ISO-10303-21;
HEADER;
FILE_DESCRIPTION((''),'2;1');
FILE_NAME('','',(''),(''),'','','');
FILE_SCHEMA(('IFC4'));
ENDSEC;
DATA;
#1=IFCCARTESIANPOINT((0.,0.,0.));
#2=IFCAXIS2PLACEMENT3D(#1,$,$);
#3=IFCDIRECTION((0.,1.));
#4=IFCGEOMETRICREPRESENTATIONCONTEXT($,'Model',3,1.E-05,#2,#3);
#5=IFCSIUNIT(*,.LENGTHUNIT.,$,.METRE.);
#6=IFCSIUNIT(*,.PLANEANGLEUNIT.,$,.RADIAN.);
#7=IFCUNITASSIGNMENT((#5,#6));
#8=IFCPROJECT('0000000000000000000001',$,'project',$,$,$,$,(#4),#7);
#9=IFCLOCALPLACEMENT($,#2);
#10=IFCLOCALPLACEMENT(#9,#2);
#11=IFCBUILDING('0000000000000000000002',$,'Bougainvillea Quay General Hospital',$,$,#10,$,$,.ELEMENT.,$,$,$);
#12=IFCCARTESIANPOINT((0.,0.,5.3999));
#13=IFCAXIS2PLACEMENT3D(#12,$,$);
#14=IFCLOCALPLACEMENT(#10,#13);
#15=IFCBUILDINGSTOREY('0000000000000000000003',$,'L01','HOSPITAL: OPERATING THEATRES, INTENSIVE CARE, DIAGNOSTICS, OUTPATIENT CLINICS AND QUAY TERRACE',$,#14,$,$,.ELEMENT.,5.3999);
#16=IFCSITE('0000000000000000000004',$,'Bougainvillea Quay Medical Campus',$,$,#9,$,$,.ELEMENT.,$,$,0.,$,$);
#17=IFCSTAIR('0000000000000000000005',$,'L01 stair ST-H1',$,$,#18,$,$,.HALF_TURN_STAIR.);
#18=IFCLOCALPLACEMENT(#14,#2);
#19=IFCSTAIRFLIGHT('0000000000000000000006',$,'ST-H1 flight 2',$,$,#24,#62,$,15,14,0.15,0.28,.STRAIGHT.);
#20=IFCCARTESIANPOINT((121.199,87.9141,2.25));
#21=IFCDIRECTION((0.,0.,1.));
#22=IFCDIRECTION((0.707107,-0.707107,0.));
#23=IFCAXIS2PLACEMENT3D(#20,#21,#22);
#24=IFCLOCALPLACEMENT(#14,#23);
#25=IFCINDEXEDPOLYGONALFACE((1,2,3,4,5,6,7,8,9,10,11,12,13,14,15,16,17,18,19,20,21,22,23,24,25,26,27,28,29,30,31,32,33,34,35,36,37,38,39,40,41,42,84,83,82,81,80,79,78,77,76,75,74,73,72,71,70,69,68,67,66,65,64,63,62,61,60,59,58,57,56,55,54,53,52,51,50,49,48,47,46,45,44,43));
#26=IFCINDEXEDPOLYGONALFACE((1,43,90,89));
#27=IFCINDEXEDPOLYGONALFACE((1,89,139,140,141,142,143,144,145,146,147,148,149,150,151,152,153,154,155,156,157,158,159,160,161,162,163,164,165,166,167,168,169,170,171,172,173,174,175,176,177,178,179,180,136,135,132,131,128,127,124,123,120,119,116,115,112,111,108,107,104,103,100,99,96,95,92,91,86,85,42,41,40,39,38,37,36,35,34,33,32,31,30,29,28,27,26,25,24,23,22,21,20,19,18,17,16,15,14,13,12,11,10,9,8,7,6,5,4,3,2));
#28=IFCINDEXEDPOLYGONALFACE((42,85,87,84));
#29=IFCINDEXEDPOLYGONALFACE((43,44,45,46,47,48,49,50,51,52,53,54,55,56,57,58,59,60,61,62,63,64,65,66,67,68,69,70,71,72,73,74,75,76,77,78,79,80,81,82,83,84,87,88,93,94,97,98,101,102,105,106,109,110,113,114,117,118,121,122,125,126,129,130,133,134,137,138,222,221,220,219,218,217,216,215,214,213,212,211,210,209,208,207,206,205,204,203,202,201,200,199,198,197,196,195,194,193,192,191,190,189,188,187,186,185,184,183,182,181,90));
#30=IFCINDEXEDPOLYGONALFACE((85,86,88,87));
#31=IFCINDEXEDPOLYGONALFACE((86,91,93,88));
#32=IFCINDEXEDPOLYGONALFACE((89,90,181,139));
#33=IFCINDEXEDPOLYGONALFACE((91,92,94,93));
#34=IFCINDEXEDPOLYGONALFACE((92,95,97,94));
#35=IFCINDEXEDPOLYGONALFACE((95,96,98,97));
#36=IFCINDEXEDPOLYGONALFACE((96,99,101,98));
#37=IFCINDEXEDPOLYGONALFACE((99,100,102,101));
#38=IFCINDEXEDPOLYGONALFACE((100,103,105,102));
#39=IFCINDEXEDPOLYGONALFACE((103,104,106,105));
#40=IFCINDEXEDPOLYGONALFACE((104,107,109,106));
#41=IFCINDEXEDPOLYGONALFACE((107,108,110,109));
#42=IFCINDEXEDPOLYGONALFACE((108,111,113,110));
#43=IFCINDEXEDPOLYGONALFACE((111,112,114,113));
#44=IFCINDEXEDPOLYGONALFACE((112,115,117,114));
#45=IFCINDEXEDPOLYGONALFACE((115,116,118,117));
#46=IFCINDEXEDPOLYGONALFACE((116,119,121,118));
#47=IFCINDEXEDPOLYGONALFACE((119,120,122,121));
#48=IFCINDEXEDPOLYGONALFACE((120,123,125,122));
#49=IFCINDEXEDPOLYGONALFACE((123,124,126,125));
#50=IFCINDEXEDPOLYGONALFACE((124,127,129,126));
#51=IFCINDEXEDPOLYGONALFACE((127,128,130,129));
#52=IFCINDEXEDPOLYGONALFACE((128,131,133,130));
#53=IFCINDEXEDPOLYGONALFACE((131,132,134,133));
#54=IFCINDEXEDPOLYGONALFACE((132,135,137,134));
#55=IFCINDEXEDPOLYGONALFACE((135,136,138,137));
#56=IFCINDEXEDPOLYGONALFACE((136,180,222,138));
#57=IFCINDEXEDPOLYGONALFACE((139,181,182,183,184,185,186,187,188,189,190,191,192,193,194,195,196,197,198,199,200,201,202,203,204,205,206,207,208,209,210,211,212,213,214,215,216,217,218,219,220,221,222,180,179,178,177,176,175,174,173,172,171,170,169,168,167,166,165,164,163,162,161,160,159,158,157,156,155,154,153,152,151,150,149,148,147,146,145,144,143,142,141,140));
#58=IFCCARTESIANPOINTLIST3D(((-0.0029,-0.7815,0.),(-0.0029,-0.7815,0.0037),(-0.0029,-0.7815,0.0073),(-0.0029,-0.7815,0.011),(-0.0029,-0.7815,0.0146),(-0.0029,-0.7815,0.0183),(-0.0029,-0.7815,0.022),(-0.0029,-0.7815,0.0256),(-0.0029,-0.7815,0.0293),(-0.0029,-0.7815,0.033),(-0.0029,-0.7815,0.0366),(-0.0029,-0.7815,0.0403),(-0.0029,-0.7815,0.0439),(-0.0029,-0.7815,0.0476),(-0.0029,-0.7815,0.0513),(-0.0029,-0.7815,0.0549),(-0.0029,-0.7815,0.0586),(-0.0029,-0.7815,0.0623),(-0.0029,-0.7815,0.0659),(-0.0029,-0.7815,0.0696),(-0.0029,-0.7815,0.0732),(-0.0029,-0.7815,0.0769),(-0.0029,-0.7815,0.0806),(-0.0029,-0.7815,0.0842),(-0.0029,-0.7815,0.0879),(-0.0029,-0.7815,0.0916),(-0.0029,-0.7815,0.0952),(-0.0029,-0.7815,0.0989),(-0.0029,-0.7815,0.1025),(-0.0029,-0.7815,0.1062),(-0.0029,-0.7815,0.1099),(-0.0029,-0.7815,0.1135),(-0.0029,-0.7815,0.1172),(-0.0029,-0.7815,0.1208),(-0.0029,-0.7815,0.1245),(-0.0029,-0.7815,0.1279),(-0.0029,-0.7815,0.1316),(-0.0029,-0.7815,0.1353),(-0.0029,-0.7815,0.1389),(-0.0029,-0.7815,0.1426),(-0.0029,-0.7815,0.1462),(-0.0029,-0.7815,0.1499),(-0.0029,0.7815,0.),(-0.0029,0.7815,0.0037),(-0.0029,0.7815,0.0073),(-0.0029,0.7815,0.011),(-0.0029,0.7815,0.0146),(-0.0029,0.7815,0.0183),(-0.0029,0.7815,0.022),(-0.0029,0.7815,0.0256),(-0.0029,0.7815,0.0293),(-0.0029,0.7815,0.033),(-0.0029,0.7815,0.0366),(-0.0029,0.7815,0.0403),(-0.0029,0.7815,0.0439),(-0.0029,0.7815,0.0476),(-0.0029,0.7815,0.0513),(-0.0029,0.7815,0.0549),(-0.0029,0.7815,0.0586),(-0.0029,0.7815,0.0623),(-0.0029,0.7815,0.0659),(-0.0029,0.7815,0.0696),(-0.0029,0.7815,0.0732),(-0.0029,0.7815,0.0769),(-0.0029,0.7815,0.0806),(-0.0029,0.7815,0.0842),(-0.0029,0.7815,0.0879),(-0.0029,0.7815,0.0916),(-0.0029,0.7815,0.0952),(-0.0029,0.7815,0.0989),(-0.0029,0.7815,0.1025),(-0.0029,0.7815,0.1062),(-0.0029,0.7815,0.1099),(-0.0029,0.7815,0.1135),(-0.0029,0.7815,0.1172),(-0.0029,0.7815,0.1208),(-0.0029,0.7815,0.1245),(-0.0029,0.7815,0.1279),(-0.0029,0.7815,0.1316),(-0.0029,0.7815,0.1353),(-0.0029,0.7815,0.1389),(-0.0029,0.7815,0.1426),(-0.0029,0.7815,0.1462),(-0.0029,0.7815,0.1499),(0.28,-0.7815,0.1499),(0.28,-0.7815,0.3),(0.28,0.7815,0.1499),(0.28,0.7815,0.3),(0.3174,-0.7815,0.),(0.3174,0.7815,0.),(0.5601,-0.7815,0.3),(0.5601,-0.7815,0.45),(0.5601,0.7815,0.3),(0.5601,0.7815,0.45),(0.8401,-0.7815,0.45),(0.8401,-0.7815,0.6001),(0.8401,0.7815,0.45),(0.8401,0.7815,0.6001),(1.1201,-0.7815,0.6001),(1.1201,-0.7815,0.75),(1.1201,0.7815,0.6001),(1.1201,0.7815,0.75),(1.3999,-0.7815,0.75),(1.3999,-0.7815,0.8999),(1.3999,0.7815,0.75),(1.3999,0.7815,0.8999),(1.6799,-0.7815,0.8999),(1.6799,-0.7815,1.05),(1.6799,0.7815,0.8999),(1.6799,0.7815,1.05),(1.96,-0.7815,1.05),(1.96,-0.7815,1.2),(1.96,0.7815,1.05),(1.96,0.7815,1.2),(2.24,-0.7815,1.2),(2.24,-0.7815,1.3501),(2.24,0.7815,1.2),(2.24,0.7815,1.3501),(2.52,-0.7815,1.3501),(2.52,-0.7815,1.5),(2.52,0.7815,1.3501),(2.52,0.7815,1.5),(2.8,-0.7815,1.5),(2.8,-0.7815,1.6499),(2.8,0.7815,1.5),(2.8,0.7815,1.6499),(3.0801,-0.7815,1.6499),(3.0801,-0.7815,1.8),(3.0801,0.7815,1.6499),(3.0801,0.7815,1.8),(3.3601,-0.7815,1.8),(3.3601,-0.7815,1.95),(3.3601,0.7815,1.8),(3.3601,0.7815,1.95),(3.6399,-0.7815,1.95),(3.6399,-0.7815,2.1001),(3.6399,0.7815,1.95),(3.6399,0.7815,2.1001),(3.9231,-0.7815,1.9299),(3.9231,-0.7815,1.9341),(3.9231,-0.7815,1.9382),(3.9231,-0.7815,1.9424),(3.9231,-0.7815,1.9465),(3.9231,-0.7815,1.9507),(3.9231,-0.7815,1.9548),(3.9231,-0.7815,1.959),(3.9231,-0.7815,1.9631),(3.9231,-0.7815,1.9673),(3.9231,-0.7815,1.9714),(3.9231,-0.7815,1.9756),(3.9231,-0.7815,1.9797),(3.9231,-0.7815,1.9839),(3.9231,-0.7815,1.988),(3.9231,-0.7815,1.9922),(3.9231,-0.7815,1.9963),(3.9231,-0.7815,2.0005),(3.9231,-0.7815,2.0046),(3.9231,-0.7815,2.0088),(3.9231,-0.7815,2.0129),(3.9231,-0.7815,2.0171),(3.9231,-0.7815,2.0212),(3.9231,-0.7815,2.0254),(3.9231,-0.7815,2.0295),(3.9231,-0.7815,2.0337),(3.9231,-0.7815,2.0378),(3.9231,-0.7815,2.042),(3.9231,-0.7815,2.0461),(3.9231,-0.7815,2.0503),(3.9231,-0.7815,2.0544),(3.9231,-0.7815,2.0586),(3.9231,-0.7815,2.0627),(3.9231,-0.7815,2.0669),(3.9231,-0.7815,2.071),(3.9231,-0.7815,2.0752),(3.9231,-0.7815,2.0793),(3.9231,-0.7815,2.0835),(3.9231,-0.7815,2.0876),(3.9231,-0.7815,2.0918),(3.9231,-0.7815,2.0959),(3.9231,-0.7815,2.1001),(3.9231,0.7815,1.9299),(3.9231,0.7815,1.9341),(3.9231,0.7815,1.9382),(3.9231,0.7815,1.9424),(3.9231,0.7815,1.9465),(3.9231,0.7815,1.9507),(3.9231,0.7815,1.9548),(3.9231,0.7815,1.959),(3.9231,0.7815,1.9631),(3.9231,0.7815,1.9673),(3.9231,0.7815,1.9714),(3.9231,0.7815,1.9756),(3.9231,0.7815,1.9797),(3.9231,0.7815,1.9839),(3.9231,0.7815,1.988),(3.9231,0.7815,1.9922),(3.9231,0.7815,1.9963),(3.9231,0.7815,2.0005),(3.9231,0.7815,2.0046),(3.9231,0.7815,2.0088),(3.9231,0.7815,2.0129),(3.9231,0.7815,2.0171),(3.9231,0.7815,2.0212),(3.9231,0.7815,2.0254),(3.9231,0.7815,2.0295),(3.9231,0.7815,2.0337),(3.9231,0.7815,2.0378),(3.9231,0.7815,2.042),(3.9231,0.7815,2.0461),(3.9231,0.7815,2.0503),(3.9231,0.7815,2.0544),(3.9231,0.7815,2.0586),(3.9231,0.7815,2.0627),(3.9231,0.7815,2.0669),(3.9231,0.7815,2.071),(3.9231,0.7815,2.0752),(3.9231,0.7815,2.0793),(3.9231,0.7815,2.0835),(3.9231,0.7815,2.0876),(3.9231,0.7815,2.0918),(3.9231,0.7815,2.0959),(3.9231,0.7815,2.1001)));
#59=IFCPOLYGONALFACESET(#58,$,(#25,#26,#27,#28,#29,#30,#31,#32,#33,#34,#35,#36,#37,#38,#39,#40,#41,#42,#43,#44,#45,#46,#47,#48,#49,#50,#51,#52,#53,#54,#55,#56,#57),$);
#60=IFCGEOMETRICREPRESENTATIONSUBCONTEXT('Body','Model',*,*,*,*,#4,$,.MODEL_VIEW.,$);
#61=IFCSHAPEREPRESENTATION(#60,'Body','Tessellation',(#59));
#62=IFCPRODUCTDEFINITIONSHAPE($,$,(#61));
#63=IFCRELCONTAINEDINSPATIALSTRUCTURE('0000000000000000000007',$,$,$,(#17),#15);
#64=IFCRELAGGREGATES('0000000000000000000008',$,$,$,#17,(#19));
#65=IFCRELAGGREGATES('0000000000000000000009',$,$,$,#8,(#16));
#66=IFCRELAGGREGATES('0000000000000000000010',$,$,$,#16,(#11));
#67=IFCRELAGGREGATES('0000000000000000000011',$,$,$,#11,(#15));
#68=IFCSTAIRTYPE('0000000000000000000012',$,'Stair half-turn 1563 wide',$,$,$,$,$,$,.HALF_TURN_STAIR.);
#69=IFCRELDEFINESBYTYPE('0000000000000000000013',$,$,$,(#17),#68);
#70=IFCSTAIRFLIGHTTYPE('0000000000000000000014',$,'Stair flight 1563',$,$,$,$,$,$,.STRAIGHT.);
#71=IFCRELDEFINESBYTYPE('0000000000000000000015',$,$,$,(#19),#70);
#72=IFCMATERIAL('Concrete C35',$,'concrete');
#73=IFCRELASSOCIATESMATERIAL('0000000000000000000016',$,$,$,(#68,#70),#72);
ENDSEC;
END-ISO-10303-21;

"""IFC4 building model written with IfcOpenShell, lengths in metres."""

from ifc_helpers import new_model, si_unit, direction, frame, origin, place, context, subcontext, project, spatial, polyline, outline, extrude, material, type_object, element, aggregate, save


model = new_model("IFC4")

# Units and contexts
model_context = context("Model", 3, precision=1e-05, world=origin(), true_north=direction((0.0, 1.0)))
body_context = subcontext(model_context, "Body", "Model", "MODEL_VIEW")
ifc_project = project(units=[si_unit("LENGTHUNIT", "METRE"), si_unit("PLANEANGLEUNIT", "RADIAN")], contexts=[model_context])

# Site, building, storey
site_placement = place(None, origin())
site = spatial("IfcSite", under=ifc_project, at=site_placement, Name="Bougainvillea Quay Medical Campus", CompositionType="ELEMENT", RefElevation=0.0)
building_placement = place(site_placement, origin())
building = spatial("IfcBuilding", under=site, at=building_placement, Name="Bougainvillea Quay General Hospital", CompositionType="ELEMENT")
storey_placement = place(building_placement, frame((0.0, 0.0, 5.3999)))
storey = spatial("IfcBuildingStorey", under=building, at=storey_placement, Name="L01", Description="HOSPITAL: OPERATING THEATRES, INTENSIVE CARE, DIAGNOSTICS, OUTPATIENT CLINICS AND QUAY TERRACE", CompositionType="ELEMENT", Elevation=5.3999)

# Stair, stair flight
ifc_material_1 = material(Name="Concrete C35", Category="concrete")
stair_type = type_object("IfcStairType", Name="Stair half-turn 1563 wide", PredefinedType="HALF_TURN_STAIR", material=ifc_material_1)
stair_placement = place(storey_placement, origin())
stair = element("IfcStair", 1, at=stair_placement, inside=storey, type_object=stair_type, Name="L01 stair ST-H1", PredefinedType="HALF_TURN_STAIR")
stair_flight_type = type_object("IfcStairFlightType", Name="Stair flight 1563", PredefinedType="STRAIGHT", material=ifc_material_1)
stair_flight_placement = place(storey_placement, frame((121.199, 87.9141, 2.25), z_axis=(0.0, 0.0, 1.0), x_axis=(0.707107, -0.707107, 0.0)))
stair_flight = element("IfcStairFlight", 2, at=stair_flight_placement, type_object=stair_flight_type, Name="ST-H1 flight 2", NumberOfRisers=15, NumberOfTreads=14, PredefinedType="STRAIGHT", RiserHeight=0.15, TreadLength=0.28, context=body_context, shape_type="SweptSolid", body=[
    extrude(outline(polyline([(-0.0029, 0.0), (-0.0029, 0.0037), (-0.0029, 0.0073), (-0.0029, 0.011), (-0.0029, 0.0146), (-0.0029, 0.0183), (-0.0029, 0.022), (-0.0029, 0.0256), (-0.0029, 0.0293), (-0.0029, 0.033), (-0.0029, 0.0366), (-0.0029, 0.0403), (-0.0029, 0.0439), (-0.0029, 0.0476), (-0.0029, 0.0513), (-0.0029, 0.0549), (-0.0029, 0.0586), (-0.0029, 0.0623), (-0.0029, 0.0659), (-0.0029, 0.0696), (-0.0029, 0.0732), (-0.0029, 0.0769), (-0.0029, 0.0806), (-0.0029, 0.0842), (-0.0029, 0.0879), (-0.0029, 0.0916), (-0.0029, 0.0952), (-0.0029, 0.0989), (-0.0029, 0.1025), (-0.0029, 0.1062), (-0.0029, 0.1099), (-0.0029, 0.1135), (-0.0029, 0.1172), (-0.0029, 0.1208), (-0.0029, 0.1245), (-0.0029, 0.1279), (-0.0029, 0.1316), (-0.0029, 0.1353), (-0.0029, 0.1389), (-0.0029, 0.1426), (-0.0029, 0.1462), (-0.0029, 0.1499), (0.28, 0.1499), (0.28, 0.3), (0.5601, 0.3), (0.5601, 0.45), (0.8401, 0.45), (0.8401, 0.6001), (1.1201, 0.6001), (1.1201, 0.75), (1.3999, 0.75), (1.3999, 0.8999), (1.6799, 0.8999), (1.6799, 1.05), (1.96, 1.05), (1.96, 1.2), (2.24, 1.2), (2.24, 1.3501), (2.52, 1.3501), (2.52, 1.5), (2.8, 1.5), (2.8, 1.6499), (3.0801, 1.6499), (3.0801, 1.8), (3.3601, 1.8), (3.3601, 1.95), (3.6399, 1.95), (3.6399, 2.1001), (3.9231, 2.1001), (3.9231, 2.0959), (3.9231, 2.0918), (3.9231, 2.0876), (3.9231, 2.0835), (3.9231, 2.0793), (3.9231, 2.0752), (3.9231, 2.071), (3.9231, 2.0669), (3.9231, 2.0627), (3.9231, 2.0586), (3.9231, 2.0544), (3.9231, 2.0503), (3.9231, 2.0461), (3.9231, 2.042), (3.9231, 2.0378), (3.9231, 2.0337), (3.9231, 2.0295), (3.9231, 2.0254), (3.9231, 2.0212), (3.9231, 2.0171), (3.9231, 2.0129), (3.9231, 2.0088), (3.9231, 2.0046), (3.9231, 2.0005), (3.9231, 1.9963), (3.9231, 1.9922), (3.9231, 1.988), (3.9231, 1.9839), (3.9231, 1.9797), (3.9231, 1.9756), (3.9231, 1.9714), (3.9231, 1.9673), (3.9231, 1.9631), (3.9231, 1.959), (3.9231, 1.9548), (3.9231, 1.9507), (3.9231, 1.9465), (3.9231, 1.9424), (3.9231, 1.9382), (3.9231, 1.9341), (3.9231, 1.9299), (0.3174, 0.0), (-0.0029, 0.0)])), frame((0.0, 0.7815, 0.0), z_axis=(0.0, -1.0, 0.0), x_axis=(1.0, 0.0, 0.0)), (0.0, 0.0, 1.0), 1.563),
])
aggregate(stair, [stair_flight])

save(model, "model.ifc")
